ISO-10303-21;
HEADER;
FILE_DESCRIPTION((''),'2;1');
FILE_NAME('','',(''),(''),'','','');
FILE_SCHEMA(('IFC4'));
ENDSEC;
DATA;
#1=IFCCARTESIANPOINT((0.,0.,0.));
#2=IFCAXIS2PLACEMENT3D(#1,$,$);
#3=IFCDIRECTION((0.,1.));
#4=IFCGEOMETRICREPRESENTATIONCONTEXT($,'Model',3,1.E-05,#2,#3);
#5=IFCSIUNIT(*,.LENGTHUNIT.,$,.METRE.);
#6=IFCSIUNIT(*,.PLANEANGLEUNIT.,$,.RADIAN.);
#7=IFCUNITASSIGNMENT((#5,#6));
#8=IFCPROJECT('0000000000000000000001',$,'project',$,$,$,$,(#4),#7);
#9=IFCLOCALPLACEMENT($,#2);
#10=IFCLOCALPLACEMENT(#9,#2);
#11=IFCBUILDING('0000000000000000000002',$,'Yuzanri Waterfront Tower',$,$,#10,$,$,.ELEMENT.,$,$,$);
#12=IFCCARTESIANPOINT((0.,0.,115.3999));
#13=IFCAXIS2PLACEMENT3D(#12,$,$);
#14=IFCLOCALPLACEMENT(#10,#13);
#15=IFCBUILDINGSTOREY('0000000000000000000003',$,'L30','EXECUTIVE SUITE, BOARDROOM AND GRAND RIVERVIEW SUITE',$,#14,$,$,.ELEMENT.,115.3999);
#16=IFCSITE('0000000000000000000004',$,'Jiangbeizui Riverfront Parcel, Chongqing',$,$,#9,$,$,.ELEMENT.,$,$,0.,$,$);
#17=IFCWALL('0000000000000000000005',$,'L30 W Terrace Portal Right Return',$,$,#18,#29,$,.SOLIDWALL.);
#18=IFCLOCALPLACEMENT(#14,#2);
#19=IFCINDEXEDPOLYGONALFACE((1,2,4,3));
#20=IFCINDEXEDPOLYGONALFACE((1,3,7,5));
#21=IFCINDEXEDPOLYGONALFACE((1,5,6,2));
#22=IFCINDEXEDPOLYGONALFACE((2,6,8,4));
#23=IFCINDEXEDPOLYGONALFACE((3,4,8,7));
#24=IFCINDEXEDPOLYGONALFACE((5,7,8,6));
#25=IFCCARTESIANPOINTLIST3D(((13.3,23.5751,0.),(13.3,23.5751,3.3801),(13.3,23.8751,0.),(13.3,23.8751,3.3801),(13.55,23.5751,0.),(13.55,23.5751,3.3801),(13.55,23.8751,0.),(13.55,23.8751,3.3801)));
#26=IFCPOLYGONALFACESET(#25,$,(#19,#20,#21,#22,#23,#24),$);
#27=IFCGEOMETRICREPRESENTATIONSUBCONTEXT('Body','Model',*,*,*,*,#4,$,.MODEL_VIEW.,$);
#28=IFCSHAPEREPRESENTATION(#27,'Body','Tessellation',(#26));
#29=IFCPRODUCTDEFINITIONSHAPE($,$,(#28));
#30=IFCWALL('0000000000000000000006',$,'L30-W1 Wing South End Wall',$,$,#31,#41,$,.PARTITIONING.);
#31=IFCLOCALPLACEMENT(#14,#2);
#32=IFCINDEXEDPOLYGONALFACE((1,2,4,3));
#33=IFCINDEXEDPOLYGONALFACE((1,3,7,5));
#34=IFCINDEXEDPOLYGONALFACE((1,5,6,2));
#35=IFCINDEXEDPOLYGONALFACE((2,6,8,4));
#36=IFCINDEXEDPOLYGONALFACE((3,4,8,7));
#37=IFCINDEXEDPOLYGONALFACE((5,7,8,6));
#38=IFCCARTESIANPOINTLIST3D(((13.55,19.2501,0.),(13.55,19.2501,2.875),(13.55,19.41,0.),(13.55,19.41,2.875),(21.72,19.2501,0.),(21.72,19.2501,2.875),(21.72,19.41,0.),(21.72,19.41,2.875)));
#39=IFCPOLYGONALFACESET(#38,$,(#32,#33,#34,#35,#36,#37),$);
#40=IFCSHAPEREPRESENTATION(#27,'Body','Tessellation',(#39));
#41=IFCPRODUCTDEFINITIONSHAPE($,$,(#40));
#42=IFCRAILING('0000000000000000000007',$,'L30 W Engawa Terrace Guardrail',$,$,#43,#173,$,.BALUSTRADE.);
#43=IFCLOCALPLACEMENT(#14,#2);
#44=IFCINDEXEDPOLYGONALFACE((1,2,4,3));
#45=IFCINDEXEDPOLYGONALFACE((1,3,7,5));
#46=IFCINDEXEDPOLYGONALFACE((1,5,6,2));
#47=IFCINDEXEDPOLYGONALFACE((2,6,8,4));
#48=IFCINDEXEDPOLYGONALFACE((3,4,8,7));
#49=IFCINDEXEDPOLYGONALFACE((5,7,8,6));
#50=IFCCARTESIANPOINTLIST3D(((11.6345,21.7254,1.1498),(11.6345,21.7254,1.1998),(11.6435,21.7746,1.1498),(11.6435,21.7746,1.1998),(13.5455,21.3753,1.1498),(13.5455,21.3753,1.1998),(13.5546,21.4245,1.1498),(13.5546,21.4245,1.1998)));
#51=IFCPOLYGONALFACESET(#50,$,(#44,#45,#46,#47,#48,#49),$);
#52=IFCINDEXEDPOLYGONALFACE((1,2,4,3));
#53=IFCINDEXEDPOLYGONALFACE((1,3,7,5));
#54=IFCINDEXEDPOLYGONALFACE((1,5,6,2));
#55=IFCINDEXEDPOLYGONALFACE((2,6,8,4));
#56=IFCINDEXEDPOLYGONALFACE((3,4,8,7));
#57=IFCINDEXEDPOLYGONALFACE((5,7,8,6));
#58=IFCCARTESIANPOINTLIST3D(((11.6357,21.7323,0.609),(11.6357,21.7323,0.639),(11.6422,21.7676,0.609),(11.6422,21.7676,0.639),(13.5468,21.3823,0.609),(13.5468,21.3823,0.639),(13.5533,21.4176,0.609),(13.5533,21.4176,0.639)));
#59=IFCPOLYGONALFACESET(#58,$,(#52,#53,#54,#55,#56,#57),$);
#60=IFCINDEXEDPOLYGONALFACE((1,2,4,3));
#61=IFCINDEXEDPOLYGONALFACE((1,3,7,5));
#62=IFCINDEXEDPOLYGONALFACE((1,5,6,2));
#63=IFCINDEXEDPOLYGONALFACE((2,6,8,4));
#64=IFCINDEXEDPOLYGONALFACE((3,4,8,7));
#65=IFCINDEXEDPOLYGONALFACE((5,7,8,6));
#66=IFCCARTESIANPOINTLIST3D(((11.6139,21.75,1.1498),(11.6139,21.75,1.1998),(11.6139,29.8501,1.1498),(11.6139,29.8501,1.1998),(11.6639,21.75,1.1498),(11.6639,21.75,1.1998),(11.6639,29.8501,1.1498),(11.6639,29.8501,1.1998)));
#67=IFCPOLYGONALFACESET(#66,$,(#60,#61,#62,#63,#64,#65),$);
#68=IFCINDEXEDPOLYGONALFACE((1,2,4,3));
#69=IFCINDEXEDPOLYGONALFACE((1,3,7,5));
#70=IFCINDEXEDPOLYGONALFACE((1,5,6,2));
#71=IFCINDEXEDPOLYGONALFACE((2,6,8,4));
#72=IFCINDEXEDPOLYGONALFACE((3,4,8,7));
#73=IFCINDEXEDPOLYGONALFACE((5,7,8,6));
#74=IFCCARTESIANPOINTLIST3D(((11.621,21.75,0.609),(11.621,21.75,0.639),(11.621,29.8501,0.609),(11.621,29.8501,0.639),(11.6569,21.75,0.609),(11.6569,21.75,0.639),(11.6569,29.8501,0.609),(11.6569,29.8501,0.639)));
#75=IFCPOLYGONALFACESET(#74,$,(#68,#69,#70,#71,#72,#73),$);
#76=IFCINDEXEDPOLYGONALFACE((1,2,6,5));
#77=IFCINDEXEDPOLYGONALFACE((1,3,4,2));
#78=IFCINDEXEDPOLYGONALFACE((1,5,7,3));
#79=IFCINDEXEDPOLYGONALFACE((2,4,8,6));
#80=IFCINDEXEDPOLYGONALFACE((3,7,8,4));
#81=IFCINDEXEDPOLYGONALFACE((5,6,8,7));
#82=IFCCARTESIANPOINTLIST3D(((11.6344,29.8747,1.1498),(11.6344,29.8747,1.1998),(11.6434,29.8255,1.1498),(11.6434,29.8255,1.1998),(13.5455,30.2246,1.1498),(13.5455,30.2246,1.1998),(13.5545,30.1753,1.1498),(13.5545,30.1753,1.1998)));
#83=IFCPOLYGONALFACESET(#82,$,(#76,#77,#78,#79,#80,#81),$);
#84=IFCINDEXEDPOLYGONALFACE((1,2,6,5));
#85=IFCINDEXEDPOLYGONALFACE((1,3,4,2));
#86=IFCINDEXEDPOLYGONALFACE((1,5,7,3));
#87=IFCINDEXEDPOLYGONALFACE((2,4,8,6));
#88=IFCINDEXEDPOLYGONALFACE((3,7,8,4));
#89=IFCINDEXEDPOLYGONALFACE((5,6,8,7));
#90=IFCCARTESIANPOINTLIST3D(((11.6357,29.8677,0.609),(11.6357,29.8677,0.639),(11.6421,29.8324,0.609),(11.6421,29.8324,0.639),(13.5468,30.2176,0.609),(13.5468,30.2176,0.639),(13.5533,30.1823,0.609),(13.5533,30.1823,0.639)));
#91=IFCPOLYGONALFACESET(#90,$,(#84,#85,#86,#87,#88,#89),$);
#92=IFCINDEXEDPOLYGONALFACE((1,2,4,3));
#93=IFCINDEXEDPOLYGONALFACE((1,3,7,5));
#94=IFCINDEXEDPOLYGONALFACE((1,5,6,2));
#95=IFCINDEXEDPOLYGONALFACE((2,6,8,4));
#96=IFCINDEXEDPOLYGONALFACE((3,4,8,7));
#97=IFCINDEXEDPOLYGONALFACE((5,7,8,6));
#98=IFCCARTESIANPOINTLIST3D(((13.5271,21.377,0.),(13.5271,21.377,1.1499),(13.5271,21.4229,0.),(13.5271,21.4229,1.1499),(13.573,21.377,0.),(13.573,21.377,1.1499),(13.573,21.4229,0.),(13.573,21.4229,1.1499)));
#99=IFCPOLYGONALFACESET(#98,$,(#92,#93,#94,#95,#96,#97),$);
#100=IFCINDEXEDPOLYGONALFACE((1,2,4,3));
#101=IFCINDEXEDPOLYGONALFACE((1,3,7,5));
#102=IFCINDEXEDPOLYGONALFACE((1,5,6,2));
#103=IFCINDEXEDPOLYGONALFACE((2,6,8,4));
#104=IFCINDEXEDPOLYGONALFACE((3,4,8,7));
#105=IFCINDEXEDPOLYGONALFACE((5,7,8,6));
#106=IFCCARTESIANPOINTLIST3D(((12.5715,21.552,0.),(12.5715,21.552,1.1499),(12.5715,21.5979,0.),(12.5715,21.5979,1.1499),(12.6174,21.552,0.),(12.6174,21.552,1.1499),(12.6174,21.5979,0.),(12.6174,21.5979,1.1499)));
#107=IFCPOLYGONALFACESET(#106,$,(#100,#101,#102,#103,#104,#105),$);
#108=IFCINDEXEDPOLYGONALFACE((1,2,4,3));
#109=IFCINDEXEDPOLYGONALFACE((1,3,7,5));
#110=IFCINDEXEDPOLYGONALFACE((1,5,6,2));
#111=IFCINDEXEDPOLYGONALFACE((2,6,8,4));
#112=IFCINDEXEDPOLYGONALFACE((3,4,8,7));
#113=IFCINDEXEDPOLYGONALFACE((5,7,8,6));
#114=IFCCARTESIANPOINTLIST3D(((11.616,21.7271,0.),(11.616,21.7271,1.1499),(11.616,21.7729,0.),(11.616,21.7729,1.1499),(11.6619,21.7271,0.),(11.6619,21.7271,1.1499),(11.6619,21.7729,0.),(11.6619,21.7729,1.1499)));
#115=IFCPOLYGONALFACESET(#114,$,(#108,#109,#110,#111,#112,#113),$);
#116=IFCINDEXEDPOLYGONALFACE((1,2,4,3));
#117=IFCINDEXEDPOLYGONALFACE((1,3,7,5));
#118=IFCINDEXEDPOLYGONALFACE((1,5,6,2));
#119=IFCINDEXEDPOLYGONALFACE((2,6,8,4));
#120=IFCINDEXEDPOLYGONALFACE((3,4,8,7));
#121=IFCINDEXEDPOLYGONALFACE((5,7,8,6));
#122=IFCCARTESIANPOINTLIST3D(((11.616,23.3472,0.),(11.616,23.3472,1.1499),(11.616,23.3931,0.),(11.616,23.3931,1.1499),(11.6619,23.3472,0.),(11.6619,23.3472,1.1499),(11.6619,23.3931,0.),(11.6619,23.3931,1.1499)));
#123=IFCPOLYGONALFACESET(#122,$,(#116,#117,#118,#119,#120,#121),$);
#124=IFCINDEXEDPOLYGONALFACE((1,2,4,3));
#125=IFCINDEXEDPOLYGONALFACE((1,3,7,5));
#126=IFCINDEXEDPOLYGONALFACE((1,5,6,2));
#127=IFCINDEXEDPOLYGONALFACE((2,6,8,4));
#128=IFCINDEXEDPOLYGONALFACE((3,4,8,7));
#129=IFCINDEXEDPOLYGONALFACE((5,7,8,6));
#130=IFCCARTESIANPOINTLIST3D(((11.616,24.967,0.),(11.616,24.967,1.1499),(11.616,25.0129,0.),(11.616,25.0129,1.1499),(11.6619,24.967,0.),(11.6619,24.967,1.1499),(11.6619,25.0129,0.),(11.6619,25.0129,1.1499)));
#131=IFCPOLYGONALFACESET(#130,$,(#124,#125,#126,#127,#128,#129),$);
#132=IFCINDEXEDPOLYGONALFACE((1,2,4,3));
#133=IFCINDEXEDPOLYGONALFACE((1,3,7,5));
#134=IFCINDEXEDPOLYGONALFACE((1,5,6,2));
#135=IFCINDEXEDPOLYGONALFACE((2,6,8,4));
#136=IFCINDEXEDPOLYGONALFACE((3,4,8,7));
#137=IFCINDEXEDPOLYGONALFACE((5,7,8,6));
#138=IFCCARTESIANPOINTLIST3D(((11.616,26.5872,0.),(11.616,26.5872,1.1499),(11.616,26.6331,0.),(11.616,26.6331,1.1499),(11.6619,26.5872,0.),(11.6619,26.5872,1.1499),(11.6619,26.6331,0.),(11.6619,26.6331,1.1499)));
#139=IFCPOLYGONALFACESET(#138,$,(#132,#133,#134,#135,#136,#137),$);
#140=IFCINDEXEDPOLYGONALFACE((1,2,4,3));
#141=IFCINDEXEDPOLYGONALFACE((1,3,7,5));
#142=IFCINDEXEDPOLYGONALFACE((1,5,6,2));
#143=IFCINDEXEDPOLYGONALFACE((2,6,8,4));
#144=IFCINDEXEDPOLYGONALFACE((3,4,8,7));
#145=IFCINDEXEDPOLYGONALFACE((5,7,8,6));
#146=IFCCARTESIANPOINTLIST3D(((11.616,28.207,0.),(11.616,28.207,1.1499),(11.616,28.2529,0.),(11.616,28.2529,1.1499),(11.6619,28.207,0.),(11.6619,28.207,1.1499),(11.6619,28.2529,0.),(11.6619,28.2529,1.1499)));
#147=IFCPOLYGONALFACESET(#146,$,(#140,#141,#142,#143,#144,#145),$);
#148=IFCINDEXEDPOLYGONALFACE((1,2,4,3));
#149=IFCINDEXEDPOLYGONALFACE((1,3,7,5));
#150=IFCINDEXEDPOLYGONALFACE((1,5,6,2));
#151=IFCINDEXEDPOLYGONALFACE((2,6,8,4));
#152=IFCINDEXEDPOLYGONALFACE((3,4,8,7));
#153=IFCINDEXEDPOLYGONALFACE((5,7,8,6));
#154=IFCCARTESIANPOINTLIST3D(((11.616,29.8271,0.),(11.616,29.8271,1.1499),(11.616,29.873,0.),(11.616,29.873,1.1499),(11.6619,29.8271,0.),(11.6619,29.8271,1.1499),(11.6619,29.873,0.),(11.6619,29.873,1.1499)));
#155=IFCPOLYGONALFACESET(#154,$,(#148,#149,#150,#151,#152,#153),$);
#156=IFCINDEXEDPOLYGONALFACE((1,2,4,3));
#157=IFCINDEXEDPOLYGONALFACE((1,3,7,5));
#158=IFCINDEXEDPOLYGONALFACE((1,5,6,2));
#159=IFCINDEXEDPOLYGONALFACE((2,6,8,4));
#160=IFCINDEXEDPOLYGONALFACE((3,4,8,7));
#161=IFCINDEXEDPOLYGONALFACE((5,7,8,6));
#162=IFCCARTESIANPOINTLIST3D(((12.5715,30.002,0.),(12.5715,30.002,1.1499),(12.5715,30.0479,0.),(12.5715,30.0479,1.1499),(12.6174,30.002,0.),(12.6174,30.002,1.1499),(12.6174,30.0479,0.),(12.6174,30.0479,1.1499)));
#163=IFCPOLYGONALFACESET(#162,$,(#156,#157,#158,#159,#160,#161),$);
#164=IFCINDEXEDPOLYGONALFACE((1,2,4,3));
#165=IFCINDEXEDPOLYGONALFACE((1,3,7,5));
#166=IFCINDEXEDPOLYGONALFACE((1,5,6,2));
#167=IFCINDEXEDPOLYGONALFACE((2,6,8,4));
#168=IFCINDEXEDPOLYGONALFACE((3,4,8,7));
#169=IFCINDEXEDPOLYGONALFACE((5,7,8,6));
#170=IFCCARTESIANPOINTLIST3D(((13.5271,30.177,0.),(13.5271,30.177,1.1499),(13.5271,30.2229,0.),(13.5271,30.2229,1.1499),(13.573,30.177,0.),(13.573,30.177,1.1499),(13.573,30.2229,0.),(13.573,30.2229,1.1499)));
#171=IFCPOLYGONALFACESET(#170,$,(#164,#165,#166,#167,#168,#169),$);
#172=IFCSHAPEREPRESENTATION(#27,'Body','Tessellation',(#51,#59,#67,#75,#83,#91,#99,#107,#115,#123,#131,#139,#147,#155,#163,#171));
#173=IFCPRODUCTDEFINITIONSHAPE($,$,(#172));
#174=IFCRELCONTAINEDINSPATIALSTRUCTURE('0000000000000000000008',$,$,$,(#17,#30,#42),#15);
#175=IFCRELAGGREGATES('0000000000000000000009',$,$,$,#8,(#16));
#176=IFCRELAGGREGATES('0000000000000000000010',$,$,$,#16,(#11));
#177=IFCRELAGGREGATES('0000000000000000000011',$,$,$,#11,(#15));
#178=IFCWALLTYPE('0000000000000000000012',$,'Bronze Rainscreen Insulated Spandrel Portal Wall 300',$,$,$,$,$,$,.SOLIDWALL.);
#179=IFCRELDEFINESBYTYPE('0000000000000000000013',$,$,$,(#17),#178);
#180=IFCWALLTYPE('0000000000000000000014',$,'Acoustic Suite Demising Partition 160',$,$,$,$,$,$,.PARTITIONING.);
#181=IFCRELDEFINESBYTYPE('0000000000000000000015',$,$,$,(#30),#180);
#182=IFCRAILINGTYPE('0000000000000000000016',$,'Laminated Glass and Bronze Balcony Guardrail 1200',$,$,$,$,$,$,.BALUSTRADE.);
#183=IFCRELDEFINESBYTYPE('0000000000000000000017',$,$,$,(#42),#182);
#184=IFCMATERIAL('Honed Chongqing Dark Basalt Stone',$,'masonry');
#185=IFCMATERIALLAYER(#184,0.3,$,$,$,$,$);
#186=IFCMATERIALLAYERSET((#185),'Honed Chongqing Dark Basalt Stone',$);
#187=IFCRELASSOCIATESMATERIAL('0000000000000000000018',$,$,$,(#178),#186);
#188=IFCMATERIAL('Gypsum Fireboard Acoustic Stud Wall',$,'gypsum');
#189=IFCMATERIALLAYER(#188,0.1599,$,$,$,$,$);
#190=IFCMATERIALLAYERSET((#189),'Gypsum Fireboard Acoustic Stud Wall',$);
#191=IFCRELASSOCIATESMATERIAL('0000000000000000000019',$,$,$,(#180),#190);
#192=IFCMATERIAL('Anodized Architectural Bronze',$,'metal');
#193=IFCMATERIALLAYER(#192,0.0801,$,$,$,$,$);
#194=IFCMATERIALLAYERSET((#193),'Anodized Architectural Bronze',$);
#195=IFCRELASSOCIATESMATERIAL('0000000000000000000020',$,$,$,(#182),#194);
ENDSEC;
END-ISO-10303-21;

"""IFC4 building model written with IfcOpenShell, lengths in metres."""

from ifc_helpers import new_model, si_unit, direction, frame, frame_2d, origin, origin_2d, place, context, subcontext, project, spatial, rectangle, extrude, source, transform, mapped, material, layer, layer_set, type_object, element, save


model = new_model("IFC4")

# Units and contexts
model_context = context("Model", 3, precision=1e-05, world=origin(), true_north=direction((0.0, 1.0)))
body_context = subcontext(model_context, "Body", "Model", "MODEL_VIEW")
ifc_project = project(units=[si_unit("LENGTHUNIT", "METRE"), si_unit("PLANEANGLEUNIT", "RADIAN")], contexts=[model_context])

# Site, building, storey
site_placement = place(None, origin())
site = spatial("IfcSite", under=ifc_project, at=site_placement, Name="Jiangbeizui Riverfront Parcel, Chongqing", CompositionType="ELEMENT", RefElevation=0.0)
building_placement = place(site_placement, origin())
building = spatial("IfcBuilding", under=site, at=building_placement, Name="Yuzanri Waterfront Tower", CompositionType="ELEMENT")
storey_placement = place(building_placement, frame((0.0, 0.0, 115.3999)))
storey = spatial("IfcBuildingStorey", under=building, at=storey_placement, Name="L30", Description="EXECUTIVE SUITE, BOARDROOM AND GRAND RIVERVIEW SUITE", CompositionType="ELEMENT", Elevation=115.3999)

# Shared definitions
ifc_material_1 = material(Name="Honed Chongqing Dark Basalt Stone", Category="masonry")
ifc_layer_1 = layer(ifc_material_1, 0.3)
ifc_layer_set_1 = layer_set([ifc_layer_1], Name="Honed Chongqing Dark Basalt Stone")
wall_type_1 = type_object("IfcWallType", Name="Bronze Rainscreen Insulated Spandrel Portal Wall 300", PredefinedType="SOLIDWALL", material=ifc_layer_set_1)

# Walls
shared_shape_1 = source(origin(), body_context, "Body", "SweptSolid", [
    extrude(rectangle(XDim=0.25, YDim=0.3, at=frame_2d((0.125, 0.0))), origin(), (0.0, 0.0, 1.0), 3.3801),
])
for number, where, z_axis, x_axis, name in (
    (1, (13.3, 23.7251, 0.0), (0.0, 0.0, 1.0), (1.0, 0.0, 0.0), "L30 W Terrace Portal Right Return"),
):
    element("IfcWall", number, at=place(storey_placement, frame(where, z_axis=z_axis, x_axis=x_axis)), inside=storey, type_object=wall_type_1, Name=name, PredefinedType="SOLIDWALL", context=body_context, shape_type="MappedRepresentation", body=[
        mapped(shared_shape_1, transform((0.0, 0.0, 0.0), scale=1.0)),
    ])
ifc_material_2 = material(Name="Gypsum Fireboard Acoustic Stud Wall", Category="gypsum")
ifc_layer_2 = layer(ifc_material_2, 0.1599)
ifc_layer_set_2 = layer_set([ifc_layer_2], Name="Gypsum Fireboard Acoustic Stud Wall")
wall_type_2 = type_object("IfcWallType", Name="Acoustic Suite Demising Partition 160", PredefinedType="PARTITIONING", material=ifc_layer_set_2)
shared_shape_2 = source(origin(), body_context, "Body", "SweptSolid", [
    extrude(rectangle(XDim=8.1699, YDim=0.1599, at=frame_2d((4.085, 0.0))), origin(), (0.0, 0.0, 1.0), 2.875),
])
wall_1_placement = place(storey_placement, frame((13.55, 19.3301, 0.0), z_axis=(0.0, 0.0, 1.0), x_axis=(1.0, 0.0, 0.0)))
element("IfcWall", 2, at=wall_1_placement, inside=storey, type_object=wall_type_2, Name="L30-W1 Wing South End Wall", PredefinedType="PARTITIONING", context=body_context, shape_type="MappedRepresentation", body=[
    mapped(shared_shape_2, transform((0.0, 0.0, 0.0), scale=1.0)),
])

# Railing
ifc_material_3 = material(Name="Anodized Architectural Bronze", Category="metal")
ifc_layer_3 = layer(ifc_material_3, 0.0801)
ifc_layer_set_3 = layer_set([ifc_layer_3], Name="Anodized Architectural Bronze")
railing_type = type_object("IfcRailingType", Name="Laminated Glass and Bronze Balcony Guardrail 1200", PredefinedType="BALUSTRADE", material=ifc_layer_set_3)
shared_shape_3 = source(origin(), body_context, "Body", "SweptSolid", [
    extrude(rectangle(XDim=0.05, YDim=0.05, at=origin_2d()), frame((0.0, 0.0, 1.1748), z_axis=(-0.983632, 0.18019, 0.0), x_axis=(-0.18019, -0.983632, 0.0)), (0.0, 0.0, 1.0), 1.9429),
    extrude(rectangle(XDim=0.0359, YDim=0.03, at=origin_2d()), frame((0.0, 0.0, 0.624), z_axis=(-0.983632, 0.18019, 0.0), x_axis=(-0.18019, -0.983632, 0.0)), (0.0, 0.0, 1.0), 1.9429),
    extrude(rectangle(XDim=0.05, YDim=0.05, at=origin_2d()), frame((-1.9111, 0.3501, 1.1748), z_axis=(0.0, 1.0, 0.0), x_axis=(-1.0, 0.0, 0.0)), (0.0, 0.0, 1.0), 8.1001),
    extrude(rectangle(XDim=0.0359, YDim=0.03, at=origin_2d()), frame((-1.9111, 0.3501, 0.624), z_axis=(0.0, 1.0, 0.0), x_axis=(-1.0, 0.0, 0.0)), (0.0, 0.0, 1.0), 8.1001),
    extrude(rectangle(XDim=0.05, YDim=0.05, at=origin_2d()), frame((-1.9111, 8.4502, 1.1748), z_axis=(0.983654, 0.180069, 0.0), x_axis=(-0.180069, 0.983654, 0.0)), (0.0, 0.0, 1.0), 1.9429),
    extrude(rectangle(XDim=0.0359, YDim=0.03, at=origin_2d()), frame((-1.9111, 8.4502, 0.624), z_axis=(0.983654, 0.180069, 0.0), x_axis=(-0.180069, 0.983654, 0.0)), (0.0, 0.0, 1.0), 1.9429),
    extrude(rectangle(XDim=0.0459, YDim=0.0459, at=origin_2d()), origin(), (0.0, 0.0, 1.0), 1.1499),
    extrude(rectangle(XDim=0.0459, YDim=0.0459, at=origin_2d()), frame((-0.9556, 0.175, 0.0)), (0.0, 0.0, 1.0), 1.1499),
    extrude(rectangle(XDim=0.0459, YDim=0.0459, at=origin_2d()), frame((-1.9111, 0.3501, 0.0)), (0.0, 0.0, 1.0), 1.1499),
    extrude(rectangle(XDim=0.0459, YDim=0.0459, at=origin_2d()), frame((-1.9111, 1.9702, 0.0)), (0.0, 0.0, 1.0), 1.1499),
    extrude(rectangle(XDim=0.0459, YDim=0.0459, at=origin_2d()), frame((-1.9111, 3.5901, 0.0)), (0.0, 0.0, 1.0), 1.1499),
    extrude(rectangle(XDim=0.0459, YDim=0.0459, at=origin_2d()), frame((-1.9111, 5.2102, 0.0)), (0.0, 0.0, 1.0), 1.1499),
    extrude(rectangle(XDim=0.0459, YDim=0.0459, at=origin_2d()), frame((-1.9111, 6.8301, 0.0)), (0.0, 0.0, 1.0), 1.1499),
    extrude(rectangle(XDim=0.0459, YDim=0.0459, at=origin_2d()), frame((-1.9111, 8.4502, 0.0)), (0.0, 0.0, 1.0), 1.1499),
    extrude(rectangle(XDim=0.0459, YDim=0.0459, at=origin_2d()), frame((-0.9556, 8.625, 0.0)), (0.0, 0.0, 1.0), 1.1499),
    extrude(rectangle(XDim=0.0459, YDim=0.0459, at=origin_2d()), frame((0.0, 8.8, 0.0)), (0.0, 0.0, 1.0), 1.1499),
])
railing_placement = place(storey_placement, frame((13.55, 21.3999, 0.0)))
element("IfcRailing", 3, at=railing_placement, inside=storey, type_object=railing_type, Name="L30 W Engawa Terrace Guardrail", PredefinedType="BALUSTRADE", context=body_context, shape_type="MappedRepresentation", body=[
    mapped(shared_shape_3, transform((0.0, 0.0, 0.0), scale=1.0)),
])

save(model, "model.ifc")
